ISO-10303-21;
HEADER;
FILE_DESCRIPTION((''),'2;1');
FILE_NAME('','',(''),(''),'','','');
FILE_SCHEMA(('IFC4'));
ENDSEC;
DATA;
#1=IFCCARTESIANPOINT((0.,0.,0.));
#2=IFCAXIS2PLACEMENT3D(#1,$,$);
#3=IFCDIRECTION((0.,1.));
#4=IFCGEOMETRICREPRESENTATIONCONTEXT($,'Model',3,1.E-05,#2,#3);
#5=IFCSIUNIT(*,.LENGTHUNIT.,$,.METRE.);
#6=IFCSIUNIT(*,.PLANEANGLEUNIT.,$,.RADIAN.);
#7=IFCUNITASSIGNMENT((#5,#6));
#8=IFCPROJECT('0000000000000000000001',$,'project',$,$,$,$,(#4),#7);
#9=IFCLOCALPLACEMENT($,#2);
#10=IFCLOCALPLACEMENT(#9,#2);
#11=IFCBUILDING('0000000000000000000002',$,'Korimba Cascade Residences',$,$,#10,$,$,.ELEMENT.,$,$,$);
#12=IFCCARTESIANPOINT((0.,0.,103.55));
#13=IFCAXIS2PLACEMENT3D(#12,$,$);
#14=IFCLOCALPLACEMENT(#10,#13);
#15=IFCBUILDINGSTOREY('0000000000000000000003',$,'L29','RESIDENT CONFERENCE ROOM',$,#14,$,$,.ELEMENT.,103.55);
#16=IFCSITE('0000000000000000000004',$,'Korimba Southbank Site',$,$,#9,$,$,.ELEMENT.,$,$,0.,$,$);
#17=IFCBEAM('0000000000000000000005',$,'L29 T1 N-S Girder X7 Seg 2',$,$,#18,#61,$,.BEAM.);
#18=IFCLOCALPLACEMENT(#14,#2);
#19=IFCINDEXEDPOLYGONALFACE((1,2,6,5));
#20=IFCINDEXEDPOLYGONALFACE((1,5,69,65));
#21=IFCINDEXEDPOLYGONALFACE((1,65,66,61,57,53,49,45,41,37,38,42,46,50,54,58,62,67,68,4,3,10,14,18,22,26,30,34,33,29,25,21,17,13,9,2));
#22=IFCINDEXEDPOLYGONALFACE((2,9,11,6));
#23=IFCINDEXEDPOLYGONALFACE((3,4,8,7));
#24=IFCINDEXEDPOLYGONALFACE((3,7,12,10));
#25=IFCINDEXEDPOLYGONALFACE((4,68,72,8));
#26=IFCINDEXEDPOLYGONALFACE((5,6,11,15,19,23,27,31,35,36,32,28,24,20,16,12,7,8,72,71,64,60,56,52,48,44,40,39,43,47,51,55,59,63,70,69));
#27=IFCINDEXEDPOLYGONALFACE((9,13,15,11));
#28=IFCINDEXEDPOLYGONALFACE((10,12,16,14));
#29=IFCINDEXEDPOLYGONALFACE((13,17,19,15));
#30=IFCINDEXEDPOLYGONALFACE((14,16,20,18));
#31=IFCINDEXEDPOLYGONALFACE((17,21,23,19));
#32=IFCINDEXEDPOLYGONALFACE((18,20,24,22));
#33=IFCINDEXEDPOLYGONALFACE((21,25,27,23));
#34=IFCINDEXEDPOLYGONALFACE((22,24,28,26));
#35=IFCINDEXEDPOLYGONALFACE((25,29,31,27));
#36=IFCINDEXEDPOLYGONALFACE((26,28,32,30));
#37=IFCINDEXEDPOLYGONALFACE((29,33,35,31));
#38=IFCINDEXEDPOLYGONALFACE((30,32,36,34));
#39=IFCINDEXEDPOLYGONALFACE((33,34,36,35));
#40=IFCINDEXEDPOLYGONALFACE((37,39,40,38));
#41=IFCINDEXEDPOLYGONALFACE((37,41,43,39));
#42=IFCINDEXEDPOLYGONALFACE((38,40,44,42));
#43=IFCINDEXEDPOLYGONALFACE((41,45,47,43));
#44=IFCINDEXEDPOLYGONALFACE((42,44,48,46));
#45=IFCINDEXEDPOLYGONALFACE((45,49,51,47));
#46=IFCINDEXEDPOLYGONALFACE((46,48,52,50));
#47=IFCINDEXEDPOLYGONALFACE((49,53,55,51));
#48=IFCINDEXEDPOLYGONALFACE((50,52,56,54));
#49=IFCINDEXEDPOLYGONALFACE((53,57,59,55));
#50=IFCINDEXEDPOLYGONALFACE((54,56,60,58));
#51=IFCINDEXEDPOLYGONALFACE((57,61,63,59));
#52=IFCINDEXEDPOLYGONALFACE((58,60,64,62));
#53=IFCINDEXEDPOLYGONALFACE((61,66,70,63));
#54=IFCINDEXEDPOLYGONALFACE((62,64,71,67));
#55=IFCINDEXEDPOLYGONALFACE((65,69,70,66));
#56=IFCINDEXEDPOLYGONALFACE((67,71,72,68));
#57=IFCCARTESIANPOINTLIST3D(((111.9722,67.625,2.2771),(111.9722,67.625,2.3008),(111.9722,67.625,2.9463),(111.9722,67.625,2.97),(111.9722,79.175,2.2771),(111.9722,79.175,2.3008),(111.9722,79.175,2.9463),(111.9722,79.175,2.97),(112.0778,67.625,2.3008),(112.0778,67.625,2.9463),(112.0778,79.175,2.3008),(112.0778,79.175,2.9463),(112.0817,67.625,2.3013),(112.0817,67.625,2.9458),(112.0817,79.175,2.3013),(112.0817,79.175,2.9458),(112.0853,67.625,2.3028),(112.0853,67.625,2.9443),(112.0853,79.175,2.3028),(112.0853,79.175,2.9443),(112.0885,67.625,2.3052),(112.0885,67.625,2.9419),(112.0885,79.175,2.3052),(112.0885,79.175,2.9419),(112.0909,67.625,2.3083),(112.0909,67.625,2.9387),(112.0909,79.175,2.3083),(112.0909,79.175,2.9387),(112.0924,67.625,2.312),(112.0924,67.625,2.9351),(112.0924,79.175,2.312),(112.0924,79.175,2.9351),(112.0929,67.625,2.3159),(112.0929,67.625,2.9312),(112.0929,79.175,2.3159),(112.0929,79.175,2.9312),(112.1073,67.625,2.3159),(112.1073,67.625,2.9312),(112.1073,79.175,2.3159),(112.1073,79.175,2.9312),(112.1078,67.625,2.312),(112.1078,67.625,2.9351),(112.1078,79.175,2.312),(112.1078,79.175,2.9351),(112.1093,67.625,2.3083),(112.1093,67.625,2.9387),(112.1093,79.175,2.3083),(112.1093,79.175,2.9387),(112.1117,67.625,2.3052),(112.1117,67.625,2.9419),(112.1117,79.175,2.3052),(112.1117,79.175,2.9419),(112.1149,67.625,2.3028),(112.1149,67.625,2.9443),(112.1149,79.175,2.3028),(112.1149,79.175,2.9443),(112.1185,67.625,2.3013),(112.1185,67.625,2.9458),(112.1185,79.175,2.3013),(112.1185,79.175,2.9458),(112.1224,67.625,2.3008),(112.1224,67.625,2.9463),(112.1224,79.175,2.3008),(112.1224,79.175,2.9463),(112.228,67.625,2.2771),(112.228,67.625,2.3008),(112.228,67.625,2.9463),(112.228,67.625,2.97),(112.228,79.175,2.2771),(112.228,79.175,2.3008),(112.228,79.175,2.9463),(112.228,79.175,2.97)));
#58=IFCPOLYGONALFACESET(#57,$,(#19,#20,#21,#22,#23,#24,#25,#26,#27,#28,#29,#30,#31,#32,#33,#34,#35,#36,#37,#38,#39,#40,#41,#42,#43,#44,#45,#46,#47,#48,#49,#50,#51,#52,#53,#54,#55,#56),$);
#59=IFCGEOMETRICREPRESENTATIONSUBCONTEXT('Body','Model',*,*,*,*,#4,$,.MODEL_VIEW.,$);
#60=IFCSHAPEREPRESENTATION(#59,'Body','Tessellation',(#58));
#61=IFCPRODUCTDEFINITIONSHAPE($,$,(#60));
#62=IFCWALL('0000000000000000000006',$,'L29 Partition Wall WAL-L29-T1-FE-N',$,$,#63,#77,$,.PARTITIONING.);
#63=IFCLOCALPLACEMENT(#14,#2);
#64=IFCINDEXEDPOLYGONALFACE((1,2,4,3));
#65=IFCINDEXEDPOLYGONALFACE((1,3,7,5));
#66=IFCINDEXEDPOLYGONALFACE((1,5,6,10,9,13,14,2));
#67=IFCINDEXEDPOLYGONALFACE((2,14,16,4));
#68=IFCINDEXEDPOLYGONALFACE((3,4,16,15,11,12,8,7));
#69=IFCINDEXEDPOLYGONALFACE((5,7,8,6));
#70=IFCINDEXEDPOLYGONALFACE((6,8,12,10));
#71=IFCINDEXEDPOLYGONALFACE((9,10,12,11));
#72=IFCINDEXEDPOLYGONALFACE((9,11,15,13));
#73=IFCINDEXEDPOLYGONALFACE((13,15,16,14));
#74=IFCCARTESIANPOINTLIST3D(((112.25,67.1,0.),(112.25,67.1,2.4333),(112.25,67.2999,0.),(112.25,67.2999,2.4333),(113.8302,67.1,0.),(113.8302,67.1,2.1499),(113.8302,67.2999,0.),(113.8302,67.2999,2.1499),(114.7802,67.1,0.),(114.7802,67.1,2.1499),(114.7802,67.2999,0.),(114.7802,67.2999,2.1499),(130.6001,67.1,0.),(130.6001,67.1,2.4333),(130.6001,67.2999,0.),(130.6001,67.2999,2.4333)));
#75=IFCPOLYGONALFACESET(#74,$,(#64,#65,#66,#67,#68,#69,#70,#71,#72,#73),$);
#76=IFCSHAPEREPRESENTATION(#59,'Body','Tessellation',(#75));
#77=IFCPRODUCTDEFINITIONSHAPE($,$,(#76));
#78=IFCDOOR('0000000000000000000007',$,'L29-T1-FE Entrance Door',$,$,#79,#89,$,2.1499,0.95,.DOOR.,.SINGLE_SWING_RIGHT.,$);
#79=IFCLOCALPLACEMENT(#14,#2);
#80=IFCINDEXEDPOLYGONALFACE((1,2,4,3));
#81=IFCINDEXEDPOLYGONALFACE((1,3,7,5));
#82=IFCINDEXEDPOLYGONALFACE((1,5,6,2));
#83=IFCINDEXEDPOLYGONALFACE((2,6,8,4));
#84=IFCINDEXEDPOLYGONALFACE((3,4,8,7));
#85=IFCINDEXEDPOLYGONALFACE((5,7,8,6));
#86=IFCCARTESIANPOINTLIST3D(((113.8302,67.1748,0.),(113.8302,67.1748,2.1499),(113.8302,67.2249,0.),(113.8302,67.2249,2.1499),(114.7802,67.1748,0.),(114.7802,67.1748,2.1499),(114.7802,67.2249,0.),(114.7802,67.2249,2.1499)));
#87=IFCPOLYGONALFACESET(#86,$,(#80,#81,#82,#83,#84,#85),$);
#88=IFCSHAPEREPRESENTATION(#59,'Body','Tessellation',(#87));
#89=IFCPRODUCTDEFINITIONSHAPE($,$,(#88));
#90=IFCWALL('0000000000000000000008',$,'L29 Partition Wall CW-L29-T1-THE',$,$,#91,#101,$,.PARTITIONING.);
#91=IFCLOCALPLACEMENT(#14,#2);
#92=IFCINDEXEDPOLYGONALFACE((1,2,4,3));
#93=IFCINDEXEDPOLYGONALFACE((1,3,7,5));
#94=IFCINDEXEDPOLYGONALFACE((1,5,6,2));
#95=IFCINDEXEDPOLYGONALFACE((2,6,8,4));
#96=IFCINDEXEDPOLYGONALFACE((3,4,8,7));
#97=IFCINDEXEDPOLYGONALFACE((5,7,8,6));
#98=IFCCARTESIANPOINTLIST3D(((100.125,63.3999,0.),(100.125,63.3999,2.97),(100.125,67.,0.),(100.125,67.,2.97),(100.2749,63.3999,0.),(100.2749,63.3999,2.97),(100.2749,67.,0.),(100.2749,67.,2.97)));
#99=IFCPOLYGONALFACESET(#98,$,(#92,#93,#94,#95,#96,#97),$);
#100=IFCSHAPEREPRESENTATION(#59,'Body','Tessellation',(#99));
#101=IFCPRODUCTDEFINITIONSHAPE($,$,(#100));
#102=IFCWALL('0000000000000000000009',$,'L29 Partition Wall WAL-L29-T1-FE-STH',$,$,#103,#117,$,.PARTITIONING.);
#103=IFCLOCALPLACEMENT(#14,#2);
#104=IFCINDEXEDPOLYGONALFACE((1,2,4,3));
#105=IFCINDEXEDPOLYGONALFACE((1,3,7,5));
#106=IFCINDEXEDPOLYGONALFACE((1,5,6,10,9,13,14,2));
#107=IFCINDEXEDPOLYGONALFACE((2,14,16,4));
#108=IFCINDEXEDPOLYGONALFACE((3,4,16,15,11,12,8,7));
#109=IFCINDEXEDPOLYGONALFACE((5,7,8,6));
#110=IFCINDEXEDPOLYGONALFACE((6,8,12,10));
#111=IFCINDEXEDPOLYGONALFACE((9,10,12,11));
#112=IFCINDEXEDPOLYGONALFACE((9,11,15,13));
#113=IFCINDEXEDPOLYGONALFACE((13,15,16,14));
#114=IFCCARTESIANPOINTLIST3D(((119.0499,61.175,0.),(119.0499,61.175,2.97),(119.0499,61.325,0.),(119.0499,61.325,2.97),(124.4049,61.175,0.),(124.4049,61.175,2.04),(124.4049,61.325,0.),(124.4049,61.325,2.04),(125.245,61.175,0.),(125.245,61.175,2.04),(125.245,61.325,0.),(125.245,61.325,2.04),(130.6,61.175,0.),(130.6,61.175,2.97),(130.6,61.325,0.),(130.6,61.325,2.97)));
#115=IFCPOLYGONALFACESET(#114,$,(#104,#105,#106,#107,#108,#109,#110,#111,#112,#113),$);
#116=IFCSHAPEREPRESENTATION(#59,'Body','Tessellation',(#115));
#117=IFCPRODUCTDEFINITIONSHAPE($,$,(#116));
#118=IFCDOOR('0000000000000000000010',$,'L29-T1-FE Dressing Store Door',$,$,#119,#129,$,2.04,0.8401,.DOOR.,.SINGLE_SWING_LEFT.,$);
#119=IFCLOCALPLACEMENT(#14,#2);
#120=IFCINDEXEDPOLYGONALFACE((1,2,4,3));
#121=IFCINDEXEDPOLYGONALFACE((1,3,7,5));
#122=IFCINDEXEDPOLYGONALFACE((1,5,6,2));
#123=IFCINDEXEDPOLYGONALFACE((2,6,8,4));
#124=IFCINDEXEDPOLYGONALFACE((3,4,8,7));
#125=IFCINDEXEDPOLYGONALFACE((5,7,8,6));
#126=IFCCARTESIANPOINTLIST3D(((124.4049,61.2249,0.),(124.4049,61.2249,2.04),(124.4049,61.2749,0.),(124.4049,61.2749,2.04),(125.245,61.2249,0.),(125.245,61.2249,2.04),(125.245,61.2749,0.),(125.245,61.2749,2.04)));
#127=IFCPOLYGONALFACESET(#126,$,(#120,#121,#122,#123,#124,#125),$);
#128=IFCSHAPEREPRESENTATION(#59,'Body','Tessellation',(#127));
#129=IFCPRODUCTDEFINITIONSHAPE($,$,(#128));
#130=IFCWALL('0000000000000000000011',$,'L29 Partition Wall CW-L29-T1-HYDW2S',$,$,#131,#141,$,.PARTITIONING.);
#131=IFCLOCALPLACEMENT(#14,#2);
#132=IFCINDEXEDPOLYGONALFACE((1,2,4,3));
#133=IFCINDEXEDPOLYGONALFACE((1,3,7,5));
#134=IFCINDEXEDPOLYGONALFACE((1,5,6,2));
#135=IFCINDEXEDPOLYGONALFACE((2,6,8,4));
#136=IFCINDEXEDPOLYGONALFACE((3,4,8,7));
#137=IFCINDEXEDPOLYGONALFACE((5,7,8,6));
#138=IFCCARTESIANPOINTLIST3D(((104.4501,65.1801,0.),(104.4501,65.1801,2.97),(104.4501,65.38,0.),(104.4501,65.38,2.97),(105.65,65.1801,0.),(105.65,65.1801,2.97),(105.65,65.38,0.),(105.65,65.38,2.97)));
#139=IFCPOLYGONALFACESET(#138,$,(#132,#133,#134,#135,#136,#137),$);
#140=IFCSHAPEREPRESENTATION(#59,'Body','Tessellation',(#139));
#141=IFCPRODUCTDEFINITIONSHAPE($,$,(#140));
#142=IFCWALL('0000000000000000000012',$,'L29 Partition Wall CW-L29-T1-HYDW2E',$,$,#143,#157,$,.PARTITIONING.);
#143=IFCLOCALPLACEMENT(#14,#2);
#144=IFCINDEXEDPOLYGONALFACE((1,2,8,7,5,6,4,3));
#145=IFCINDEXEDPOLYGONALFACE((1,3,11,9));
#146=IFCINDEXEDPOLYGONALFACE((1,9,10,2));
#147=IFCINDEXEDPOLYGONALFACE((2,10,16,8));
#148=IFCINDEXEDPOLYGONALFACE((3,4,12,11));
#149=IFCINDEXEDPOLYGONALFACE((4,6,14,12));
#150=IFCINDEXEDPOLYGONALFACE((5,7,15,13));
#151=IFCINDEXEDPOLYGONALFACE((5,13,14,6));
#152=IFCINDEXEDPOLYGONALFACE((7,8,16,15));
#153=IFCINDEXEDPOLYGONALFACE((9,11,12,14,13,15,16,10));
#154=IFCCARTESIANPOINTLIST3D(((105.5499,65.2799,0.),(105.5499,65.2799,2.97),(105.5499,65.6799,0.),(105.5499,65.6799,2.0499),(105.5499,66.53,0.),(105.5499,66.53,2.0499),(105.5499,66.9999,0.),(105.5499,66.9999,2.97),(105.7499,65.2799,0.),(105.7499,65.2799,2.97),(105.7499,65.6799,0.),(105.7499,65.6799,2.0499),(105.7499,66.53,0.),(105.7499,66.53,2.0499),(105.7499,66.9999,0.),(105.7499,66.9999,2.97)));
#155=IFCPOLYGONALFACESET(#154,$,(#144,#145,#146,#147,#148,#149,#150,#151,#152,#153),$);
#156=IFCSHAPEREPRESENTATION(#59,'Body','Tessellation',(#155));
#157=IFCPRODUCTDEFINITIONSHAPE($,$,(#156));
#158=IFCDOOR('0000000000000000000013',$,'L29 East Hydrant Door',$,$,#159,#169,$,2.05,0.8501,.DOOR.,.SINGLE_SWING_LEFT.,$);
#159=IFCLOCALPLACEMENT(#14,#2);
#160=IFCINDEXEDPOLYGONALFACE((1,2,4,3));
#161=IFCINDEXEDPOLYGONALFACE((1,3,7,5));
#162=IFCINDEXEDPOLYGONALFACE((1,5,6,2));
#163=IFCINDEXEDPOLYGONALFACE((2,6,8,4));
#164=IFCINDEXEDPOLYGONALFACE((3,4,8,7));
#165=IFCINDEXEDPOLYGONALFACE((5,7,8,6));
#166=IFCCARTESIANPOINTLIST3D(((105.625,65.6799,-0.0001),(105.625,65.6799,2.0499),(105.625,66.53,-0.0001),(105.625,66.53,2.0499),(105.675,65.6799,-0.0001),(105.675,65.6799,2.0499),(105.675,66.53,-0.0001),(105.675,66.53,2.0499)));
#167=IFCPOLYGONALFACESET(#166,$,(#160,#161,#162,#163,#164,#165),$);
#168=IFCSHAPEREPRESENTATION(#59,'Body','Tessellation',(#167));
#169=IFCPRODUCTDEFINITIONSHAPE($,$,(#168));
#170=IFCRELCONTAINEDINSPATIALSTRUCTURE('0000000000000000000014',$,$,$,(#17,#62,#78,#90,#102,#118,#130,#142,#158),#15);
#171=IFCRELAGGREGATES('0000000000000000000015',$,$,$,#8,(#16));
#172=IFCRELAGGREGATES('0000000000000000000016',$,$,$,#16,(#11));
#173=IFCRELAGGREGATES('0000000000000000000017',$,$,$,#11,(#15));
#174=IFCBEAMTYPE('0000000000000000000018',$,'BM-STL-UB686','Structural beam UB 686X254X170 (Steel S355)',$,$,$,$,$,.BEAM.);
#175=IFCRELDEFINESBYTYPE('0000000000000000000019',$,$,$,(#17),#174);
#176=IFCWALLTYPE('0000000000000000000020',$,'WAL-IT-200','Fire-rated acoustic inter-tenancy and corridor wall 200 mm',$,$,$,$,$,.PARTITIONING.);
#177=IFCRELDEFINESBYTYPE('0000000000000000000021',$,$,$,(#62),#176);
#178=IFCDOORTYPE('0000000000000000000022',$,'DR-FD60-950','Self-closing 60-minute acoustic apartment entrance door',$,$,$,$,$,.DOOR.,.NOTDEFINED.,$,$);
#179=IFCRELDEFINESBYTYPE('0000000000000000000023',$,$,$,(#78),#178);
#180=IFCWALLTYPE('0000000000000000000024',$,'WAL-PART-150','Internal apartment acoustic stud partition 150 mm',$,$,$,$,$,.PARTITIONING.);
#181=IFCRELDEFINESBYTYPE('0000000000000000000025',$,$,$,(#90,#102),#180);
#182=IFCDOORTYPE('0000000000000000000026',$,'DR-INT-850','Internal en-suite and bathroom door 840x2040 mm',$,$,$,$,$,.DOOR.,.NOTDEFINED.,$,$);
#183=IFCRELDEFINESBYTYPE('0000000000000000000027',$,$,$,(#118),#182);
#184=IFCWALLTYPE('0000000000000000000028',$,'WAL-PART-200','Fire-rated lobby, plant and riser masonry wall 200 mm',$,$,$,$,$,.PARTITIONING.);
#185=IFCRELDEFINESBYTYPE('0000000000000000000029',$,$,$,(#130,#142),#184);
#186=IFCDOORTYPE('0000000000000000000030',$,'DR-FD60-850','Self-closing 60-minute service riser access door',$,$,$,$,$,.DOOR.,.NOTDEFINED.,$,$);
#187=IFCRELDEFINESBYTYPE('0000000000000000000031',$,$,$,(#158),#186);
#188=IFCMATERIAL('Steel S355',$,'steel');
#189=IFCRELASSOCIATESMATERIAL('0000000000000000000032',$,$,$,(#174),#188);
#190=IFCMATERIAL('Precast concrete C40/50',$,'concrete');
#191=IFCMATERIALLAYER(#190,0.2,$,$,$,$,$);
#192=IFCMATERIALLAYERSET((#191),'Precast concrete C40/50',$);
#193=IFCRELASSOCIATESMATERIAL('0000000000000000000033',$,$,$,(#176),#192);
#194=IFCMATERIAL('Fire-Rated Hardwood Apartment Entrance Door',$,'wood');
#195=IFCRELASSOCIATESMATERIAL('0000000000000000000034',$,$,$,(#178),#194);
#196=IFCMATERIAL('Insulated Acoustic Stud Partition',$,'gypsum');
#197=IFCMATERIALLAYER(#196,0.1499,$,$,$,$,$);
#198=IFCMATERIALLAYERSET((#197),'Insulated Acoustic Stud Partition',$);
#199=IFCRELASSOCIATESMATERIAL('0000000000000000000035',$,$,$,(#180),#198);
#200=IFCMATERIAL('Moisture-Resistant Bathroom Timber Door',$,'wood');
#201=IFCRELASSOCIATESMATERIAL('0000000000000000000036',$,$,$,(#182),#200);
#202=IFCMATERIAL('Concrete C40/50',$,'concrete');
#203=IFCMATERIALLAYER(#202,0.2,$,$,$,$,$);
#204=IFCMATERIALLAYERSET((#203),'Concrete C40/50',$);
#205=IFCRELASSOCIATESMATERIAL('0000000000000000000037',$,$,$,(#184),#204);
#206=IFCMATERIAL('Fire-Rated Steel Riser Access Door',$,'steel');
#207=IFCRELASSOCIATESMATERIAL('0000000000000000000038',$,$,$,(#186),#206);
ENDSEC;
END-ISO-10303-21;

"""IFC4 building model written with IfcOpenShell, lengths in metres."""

from ifc_helpers import new_model, si_unit, direction, frame, frame_2d, origin, origin_2d, place, context, subcontext, project, spatial, rectangle, i_section, extrude, material, layer, layer_set, material_profile, profile_set, type_object, element, fill, save


model = new_model("IFC4")

# Units and contexts
model_context = context("Model", 3, precision=1e-05, world=origin(), true_north=direction((0.0, 1.0)))
body_context = subcontext(model_context, "Body", "Model", "MODEL_VIEW")
ifc_project = project(units=[si_unit("LENGTHUNIT", "METRE"), si_unit("PLANEANGLEUNIT", "RADIAN")], contexts=[model_context])

# Site, building, storey
site_placement = place(None, origin())
site = spatial("IfcSite", under=ifc_project, at=site_placement, Name="Korimba Southbank Site", CompositionType="ELEMENT", RefElevation=0.0)
building_placement = place(site_placement, origin())
building = spatial("IfcBuilding", under=site, at=building_placement, Name="Korimba Cascade Residences", CompositionType="ELEMENT")
storey_placement = place(building_placement, frame((0.0, 0.0, 103.55)))
storey = spatial("IfcBuildingStorey", under=building, at=storey_placement, Name="L29", Description="RESIDENT CONFERENCE ROOM", CompositionType="ELEMENT", Elevation=103.55)

# Beam
ifc_material_1 = material(Name="Steel S355", Category="steel")
ifc_material_profile_1 = material_profile(ifc_material_1, i_section(OverallWidth=0.2559, OverallDepth=0.6929, WebThickness=0.0144, FlangeThickness=0.0237, FilletRadius=0.0151, at=origin_2d()), Name="Steel S355")
ifc_profile_set_1 = profile_set([ifc_material_profile_1], Name="Steel S355")
beam_type_1 = type_object("IfcBeamType", Name="BM-STL-UB686", Description="Structural beam UB 686X254X170 (Steel S355)", PredefinedType="BEAM", material=ifc_profile_set_1)
for number, where, z_axis, x_axis, name in (
    (1, (112.1001, 67.625, 2.6235), (0.0, 1.0, 0.0), (-1.0, 0.0, 0.0), "L29 T1 N-S Girder X7 Seg 2"),
):
    element("IfcBeam", number, at=place(storey_placement, frame(where, z_axis=z_axis, x_axis=x_axis)), inside=storey, type_object=beam_type_1, Name=name, PredefinedType="BEAM", context=body_context, shape_type="SweptSolid", body=[
        extrude(i_section(OverallWidth=0.2559, OverallDepth=0.6929, WebThickness=0.0144, FlangeThickness=0.0237, FilletRadius=0.0151, at=origin_2d()), origin(), (0.0, 0.0, 1.0), 11.55),
    ])

# Wall, opening, door
ifc_material_2 = material(Name="Precast concrete C40/50", Category="concrete")
ifc_layer_1 = layer(ifc_material_2, 0.2)
ifc_layer_set_1 = layer_set([ifc_layer_1], Name="Precast concrete C40/50")
wall_type_1 = type_object("IfcWallType", Name="WAL-IT-200", Description="Fire-rated acoustic inter-tenancy and corridor wall 200 mm", PredefinedType="PARTITIONING", material=ifc_layer_set_1)
wall_1_placement = place(storey_placement, frame((112.25, 67.2, 0.0), z_axis=(0.0, 0.0, 1.0), x_axis=(1.0, 0.0, 0.0)))
wall_1 = element("IfcWall", 2, at=wall_1_placement, inside=storey, type_object=wall_type_1, Name="L29 Partition Wall WAL-L29-T1-FE-N", PredefinedType="PARTITIONING", context=body_context, shape_type="SweptSolid", body=[
    extrude(rectangle(XDim=18.3501, YDim=0.2, at=frame_2d((9.175, 0.0))), origin(), (0.0, 0.0, 1.0), 2.4333),
])
opening_1_placement = place(wall_1_placement, frame((1.5801, 0.0, 0.0)))
opening_1 = element("IfcOpeningElement", 3, at=opening_1_placement, cuts=wall_1, PredefinedType="OPENING", context=body_context, shape_type="SweptSolid", body=[
    extrude(rectangle(XDim=0.95, YDim=2.1499, at=frame_2d((0.4751, 1.075))), frame((0.0, 0.1099, 0.0), z_axis=(0.0, -1.0, 0.0), x_axis=(1.0, 0.0, 0.0)), (0.0, 0.0, 1.0), 0.22),
])
ifc_material_3 = material(Name="Fire-Rated Hardwood Apartment Entrance Door", Category="wood")
door_type_1 = type_object("IfcDoorType", Name="DR-FD60-950", Description="Self-closing 60-minute acoustic apartment entrance door", OperationType="NOTDEFINED", PredefinedType="DOOR", material=ifc_material_3)
door_1_placement = place(opening_1_placement, origin())
door_1 = element("IfcDoor", 4, at=door_1_placement, inside=storey, type_object=door_type_1, Name="L29-T1-FE Entrance Door", OperationType="SINGLE_SWING_RIGHT", OverallHeight=2.1499, OverallWidth=0.95, PredefinedType="DOOR", context=body_context, shape_type="SweptSolid", body=[
    extrude(rectangle(XDim=0.95, YDim=2.1499, at=frame_2d((0.4751, 1.075))), frame((0.0, 0.0249, 0.0), z_axis=(0.0, -1.0, 0.0), x_axis=(1.0, 0.0, 0.0)), (0.0, 0.0, 1.0), 0.05),
])
fill(opening_1, door_1)

# Wall
ifc_material_4 = material(Name="Insulated Acoustic Stud Partition", Category="gypsum")
ifc_layer_2 = layer(ifc_material_4, 0.1499)
ifc_layer_set_2 = layer_set([ifc_layer_2], Name="Insulated Acoustic Stud Partition")
wall_type_2 = type_object("IfcWallType", Name="WAL-PART-150", Description="Internal apartment acoustic stud partition 150 mm", PredefinedType="PARTITIONING", material=ifc_layer_set_2)
wall_2_placement = place(storey_placement, frame((100.2, 63.3999, 0.0), z_axis=(0.0, 0.0, 1.0), x_axis=(0.0, 1.0, 0.0)))
element("IfcWall", 5, at=wall_2_placement, inside=storey, type_object=wall_type_2, Name="L29 Partition Wall CW-L29-T1-THE", PredefinedType="PARTITIONING", context=body_context, shape_type="SweptSolid", body=[
    extrude(rectangle(XDim=3.6001, YDim=0.1499, at=frame_2d((1.8, 0.0))), origin(), (0.0, 0.0, 1.0), 2.97),
])

# Wall, opening, door
wall_3_placement = place(storey_placement, frame((119.05, 61.25, 0.0), z_axis=(0.0, 0.0, 1.0), x_axis=(1.0, 0.0, 0.0)))
wall_3 = element("IfcWall", 6, at=wall_3_placement, inside=storey, type_object=wall_type_2, Name="L29 Partition Wall WAL-L29-T1-FE-STH", PredefinedType="PARTITIONING", context=body_context, shape_type="SweptSolid", body=[
    extrude(rectangle(XDim=11.55, YDim=0.1499, at=frame_2d((5.7749, 0.0))), origin(), (0.0, 0.0, 1.0), 2.97),
])
opening_2_placement = place(wall_3_placement, frame((5.355, 0.0, 0.0)))
opening_2 = element("IfcOpeningElement", 7, at=opening_2_placement, cuts=wall_3, PredefinedType="OPENING", context=body_context, shape_type="SweptSolid", body=[
    extrude(rectangle(XDim=0.8401, YDim=2.04, at=frame_2d((0.4199, 1.02))), frame((0.0, 0.085, 0.0), z_axis=(0.0, -1.0, 0.0), x_axis=(1.0, 0.0, 0.0)), (0.0, 0.0, 1.0), 0.1699),
])
ifc_material_5 = material(Name="Moisture-Resistant Bathroom Timber Door", Category="wood")
door_type_2 = type_object("IfcDoorType", Name="DR-INT-850", Description="Internal en-suite and bathroom door 840x2040 mm", OperationType="NOTDEFINED", PredefinedType="DOOR", material=ifc_material_5)
door_2_placement = place(opening_2_placement, origin())
door_2 = element("IfcDoor", 8, at=door_2_placement, inside=storey, type_object=door_type_2, Name="L29-T1-FE Dressing Store Door", OperationType="SINGLE_SWING_LEFT", OverallHeight=2.04, OverallWidth=0.8401, PredefinedType="DOOR", context=body_context, shape_type="SweptSolid", body=[
    extrude(rectangle(XDim=0.8401, YDim=2.04, at=frame_2d((0.4199, 1.02))), frame((0.0, 0.0249, 0.0), z_axis=(0.0, -1.0, 0.0), x_axis=(1.0, 0.0, 0.0)), (0.0, 0.0, 1.0), 0.05),
])
fill(opening_2, door_2)

# Wall
ifc_material_6 = material(Name="Concrete C40/50", Category="concrete")
ifc_layer_3 = layer(ifc_material_6, 0.2)
ifc_layer_set_3 = layer_set([ifc_layer_3], Name="Concrete C40/50")
wall_type_3 = type_object("IfcWallType", Name="WAL-PART-200", Description="Fire-rated lobby, plant and riser masonry wall 200 mm", PredefinedType="PARTITIONING", material=ifc_layer_set_3)
wall_4_placement = place(storey_placement, frame((104.45, 65.28, 0.0), z_axis=(0.0, 0.0, 1.0), x_axis=(1.0, 0.0, 0.0)))
element("IfcWall", 9, at=wall_4_placement, inside=storey, type_object=wall_type_3, Name="L29 Partition Wall CW-L29-T1-HYDW2S", PredefinedType="PARTITIONING", context=body_context, shape_type="SweptSolid", body=[
    extrude(rectangle(XDim=1.2, YDim=0.2, at=frame_2d((0.6001, 0.0))), origin(), (0.0, 0.0, 1.0), 2.97),
])

# Wall, opening, door
wall_5_placement = place(storey_placement, frame((105.6499, 65.28, 0.0), z_axis=(0.0, 0.0, 1.0), x_axis=(0.0, 1.0, 0.0)))
wall_5 = element("IfcWall", 10, at=wall_5_placement, inside=storey, type_object=wall_type_3, Name="L29 Partition Wall CW-L29-T1-HYDW2E", PredefinedType="PARTITIONING", context=body_context, shape_type="SweptSolid", body=[
    extrude(rectangle(XDim=1.72, YDim=0.2, at=frame_2d((0.8599, 0.0))), origin(), (0.0, 0.0, 1.0), 2.97),
])
opening_3_placement = place(wall_5_placement, frame((0.3999, 0.0, 0.0)))
opening_3 = element("IfcOpeningElement", 11, at=opening_3_placement, cuts=wall_5, PredefinedType="OPENING", context=body_context, shape_type="SweptSolid", body=[
    extrude(rectangle(XDim=0.8501, YDim=2.05, at=frame_2d((0.425, 1.0249))), frame((0.0, 0.1099, 0.0), z_axis=(0.0, -1.0, 0.0), x_axis=(1.0, 0.0, 0.0)), (0.0, 0.0, 1.0), 0.22),
])
ifc_material_7 = material(Name="Fire-Rated Steel Riser Access Door", Category="steel")
door_type_3 = type_object("IfcDoorType", Name="DR-FD60-850", Description="Self-closing 60-minute service riser access door", OperationType="NOTDEFINED", PredefinedType="DOOR", material=ifc_material_7)
door_3_placement = place(opening_3_placement, origin())
door_3 = element("IfcDoor", 12, at=door_3_placement, inside=storey, type_object=door_type_3, Name="L29 East Hydrant Door", OperationType="SINGLE_SWING_LEFT", OverallHeight=2.05, OverallWidth=0.8501, PredefinedType="DOOR", context=body_context, shape_type="SweptSolid", body=[
    extrude(rectangle(XDim=0.8501, YDim=2.05, at=frame_2d((0.425, 1.0249))), frame((0.0, 0.0249, 0.0), z_axis=(0.0, -1.0, 0.0), x_axis=(1.0, 0.0, 0.0)), (0.0, 0.0, 1.0), 0.05),
])
fill(opening_3, door_3)

save(model, "model.ifc")
